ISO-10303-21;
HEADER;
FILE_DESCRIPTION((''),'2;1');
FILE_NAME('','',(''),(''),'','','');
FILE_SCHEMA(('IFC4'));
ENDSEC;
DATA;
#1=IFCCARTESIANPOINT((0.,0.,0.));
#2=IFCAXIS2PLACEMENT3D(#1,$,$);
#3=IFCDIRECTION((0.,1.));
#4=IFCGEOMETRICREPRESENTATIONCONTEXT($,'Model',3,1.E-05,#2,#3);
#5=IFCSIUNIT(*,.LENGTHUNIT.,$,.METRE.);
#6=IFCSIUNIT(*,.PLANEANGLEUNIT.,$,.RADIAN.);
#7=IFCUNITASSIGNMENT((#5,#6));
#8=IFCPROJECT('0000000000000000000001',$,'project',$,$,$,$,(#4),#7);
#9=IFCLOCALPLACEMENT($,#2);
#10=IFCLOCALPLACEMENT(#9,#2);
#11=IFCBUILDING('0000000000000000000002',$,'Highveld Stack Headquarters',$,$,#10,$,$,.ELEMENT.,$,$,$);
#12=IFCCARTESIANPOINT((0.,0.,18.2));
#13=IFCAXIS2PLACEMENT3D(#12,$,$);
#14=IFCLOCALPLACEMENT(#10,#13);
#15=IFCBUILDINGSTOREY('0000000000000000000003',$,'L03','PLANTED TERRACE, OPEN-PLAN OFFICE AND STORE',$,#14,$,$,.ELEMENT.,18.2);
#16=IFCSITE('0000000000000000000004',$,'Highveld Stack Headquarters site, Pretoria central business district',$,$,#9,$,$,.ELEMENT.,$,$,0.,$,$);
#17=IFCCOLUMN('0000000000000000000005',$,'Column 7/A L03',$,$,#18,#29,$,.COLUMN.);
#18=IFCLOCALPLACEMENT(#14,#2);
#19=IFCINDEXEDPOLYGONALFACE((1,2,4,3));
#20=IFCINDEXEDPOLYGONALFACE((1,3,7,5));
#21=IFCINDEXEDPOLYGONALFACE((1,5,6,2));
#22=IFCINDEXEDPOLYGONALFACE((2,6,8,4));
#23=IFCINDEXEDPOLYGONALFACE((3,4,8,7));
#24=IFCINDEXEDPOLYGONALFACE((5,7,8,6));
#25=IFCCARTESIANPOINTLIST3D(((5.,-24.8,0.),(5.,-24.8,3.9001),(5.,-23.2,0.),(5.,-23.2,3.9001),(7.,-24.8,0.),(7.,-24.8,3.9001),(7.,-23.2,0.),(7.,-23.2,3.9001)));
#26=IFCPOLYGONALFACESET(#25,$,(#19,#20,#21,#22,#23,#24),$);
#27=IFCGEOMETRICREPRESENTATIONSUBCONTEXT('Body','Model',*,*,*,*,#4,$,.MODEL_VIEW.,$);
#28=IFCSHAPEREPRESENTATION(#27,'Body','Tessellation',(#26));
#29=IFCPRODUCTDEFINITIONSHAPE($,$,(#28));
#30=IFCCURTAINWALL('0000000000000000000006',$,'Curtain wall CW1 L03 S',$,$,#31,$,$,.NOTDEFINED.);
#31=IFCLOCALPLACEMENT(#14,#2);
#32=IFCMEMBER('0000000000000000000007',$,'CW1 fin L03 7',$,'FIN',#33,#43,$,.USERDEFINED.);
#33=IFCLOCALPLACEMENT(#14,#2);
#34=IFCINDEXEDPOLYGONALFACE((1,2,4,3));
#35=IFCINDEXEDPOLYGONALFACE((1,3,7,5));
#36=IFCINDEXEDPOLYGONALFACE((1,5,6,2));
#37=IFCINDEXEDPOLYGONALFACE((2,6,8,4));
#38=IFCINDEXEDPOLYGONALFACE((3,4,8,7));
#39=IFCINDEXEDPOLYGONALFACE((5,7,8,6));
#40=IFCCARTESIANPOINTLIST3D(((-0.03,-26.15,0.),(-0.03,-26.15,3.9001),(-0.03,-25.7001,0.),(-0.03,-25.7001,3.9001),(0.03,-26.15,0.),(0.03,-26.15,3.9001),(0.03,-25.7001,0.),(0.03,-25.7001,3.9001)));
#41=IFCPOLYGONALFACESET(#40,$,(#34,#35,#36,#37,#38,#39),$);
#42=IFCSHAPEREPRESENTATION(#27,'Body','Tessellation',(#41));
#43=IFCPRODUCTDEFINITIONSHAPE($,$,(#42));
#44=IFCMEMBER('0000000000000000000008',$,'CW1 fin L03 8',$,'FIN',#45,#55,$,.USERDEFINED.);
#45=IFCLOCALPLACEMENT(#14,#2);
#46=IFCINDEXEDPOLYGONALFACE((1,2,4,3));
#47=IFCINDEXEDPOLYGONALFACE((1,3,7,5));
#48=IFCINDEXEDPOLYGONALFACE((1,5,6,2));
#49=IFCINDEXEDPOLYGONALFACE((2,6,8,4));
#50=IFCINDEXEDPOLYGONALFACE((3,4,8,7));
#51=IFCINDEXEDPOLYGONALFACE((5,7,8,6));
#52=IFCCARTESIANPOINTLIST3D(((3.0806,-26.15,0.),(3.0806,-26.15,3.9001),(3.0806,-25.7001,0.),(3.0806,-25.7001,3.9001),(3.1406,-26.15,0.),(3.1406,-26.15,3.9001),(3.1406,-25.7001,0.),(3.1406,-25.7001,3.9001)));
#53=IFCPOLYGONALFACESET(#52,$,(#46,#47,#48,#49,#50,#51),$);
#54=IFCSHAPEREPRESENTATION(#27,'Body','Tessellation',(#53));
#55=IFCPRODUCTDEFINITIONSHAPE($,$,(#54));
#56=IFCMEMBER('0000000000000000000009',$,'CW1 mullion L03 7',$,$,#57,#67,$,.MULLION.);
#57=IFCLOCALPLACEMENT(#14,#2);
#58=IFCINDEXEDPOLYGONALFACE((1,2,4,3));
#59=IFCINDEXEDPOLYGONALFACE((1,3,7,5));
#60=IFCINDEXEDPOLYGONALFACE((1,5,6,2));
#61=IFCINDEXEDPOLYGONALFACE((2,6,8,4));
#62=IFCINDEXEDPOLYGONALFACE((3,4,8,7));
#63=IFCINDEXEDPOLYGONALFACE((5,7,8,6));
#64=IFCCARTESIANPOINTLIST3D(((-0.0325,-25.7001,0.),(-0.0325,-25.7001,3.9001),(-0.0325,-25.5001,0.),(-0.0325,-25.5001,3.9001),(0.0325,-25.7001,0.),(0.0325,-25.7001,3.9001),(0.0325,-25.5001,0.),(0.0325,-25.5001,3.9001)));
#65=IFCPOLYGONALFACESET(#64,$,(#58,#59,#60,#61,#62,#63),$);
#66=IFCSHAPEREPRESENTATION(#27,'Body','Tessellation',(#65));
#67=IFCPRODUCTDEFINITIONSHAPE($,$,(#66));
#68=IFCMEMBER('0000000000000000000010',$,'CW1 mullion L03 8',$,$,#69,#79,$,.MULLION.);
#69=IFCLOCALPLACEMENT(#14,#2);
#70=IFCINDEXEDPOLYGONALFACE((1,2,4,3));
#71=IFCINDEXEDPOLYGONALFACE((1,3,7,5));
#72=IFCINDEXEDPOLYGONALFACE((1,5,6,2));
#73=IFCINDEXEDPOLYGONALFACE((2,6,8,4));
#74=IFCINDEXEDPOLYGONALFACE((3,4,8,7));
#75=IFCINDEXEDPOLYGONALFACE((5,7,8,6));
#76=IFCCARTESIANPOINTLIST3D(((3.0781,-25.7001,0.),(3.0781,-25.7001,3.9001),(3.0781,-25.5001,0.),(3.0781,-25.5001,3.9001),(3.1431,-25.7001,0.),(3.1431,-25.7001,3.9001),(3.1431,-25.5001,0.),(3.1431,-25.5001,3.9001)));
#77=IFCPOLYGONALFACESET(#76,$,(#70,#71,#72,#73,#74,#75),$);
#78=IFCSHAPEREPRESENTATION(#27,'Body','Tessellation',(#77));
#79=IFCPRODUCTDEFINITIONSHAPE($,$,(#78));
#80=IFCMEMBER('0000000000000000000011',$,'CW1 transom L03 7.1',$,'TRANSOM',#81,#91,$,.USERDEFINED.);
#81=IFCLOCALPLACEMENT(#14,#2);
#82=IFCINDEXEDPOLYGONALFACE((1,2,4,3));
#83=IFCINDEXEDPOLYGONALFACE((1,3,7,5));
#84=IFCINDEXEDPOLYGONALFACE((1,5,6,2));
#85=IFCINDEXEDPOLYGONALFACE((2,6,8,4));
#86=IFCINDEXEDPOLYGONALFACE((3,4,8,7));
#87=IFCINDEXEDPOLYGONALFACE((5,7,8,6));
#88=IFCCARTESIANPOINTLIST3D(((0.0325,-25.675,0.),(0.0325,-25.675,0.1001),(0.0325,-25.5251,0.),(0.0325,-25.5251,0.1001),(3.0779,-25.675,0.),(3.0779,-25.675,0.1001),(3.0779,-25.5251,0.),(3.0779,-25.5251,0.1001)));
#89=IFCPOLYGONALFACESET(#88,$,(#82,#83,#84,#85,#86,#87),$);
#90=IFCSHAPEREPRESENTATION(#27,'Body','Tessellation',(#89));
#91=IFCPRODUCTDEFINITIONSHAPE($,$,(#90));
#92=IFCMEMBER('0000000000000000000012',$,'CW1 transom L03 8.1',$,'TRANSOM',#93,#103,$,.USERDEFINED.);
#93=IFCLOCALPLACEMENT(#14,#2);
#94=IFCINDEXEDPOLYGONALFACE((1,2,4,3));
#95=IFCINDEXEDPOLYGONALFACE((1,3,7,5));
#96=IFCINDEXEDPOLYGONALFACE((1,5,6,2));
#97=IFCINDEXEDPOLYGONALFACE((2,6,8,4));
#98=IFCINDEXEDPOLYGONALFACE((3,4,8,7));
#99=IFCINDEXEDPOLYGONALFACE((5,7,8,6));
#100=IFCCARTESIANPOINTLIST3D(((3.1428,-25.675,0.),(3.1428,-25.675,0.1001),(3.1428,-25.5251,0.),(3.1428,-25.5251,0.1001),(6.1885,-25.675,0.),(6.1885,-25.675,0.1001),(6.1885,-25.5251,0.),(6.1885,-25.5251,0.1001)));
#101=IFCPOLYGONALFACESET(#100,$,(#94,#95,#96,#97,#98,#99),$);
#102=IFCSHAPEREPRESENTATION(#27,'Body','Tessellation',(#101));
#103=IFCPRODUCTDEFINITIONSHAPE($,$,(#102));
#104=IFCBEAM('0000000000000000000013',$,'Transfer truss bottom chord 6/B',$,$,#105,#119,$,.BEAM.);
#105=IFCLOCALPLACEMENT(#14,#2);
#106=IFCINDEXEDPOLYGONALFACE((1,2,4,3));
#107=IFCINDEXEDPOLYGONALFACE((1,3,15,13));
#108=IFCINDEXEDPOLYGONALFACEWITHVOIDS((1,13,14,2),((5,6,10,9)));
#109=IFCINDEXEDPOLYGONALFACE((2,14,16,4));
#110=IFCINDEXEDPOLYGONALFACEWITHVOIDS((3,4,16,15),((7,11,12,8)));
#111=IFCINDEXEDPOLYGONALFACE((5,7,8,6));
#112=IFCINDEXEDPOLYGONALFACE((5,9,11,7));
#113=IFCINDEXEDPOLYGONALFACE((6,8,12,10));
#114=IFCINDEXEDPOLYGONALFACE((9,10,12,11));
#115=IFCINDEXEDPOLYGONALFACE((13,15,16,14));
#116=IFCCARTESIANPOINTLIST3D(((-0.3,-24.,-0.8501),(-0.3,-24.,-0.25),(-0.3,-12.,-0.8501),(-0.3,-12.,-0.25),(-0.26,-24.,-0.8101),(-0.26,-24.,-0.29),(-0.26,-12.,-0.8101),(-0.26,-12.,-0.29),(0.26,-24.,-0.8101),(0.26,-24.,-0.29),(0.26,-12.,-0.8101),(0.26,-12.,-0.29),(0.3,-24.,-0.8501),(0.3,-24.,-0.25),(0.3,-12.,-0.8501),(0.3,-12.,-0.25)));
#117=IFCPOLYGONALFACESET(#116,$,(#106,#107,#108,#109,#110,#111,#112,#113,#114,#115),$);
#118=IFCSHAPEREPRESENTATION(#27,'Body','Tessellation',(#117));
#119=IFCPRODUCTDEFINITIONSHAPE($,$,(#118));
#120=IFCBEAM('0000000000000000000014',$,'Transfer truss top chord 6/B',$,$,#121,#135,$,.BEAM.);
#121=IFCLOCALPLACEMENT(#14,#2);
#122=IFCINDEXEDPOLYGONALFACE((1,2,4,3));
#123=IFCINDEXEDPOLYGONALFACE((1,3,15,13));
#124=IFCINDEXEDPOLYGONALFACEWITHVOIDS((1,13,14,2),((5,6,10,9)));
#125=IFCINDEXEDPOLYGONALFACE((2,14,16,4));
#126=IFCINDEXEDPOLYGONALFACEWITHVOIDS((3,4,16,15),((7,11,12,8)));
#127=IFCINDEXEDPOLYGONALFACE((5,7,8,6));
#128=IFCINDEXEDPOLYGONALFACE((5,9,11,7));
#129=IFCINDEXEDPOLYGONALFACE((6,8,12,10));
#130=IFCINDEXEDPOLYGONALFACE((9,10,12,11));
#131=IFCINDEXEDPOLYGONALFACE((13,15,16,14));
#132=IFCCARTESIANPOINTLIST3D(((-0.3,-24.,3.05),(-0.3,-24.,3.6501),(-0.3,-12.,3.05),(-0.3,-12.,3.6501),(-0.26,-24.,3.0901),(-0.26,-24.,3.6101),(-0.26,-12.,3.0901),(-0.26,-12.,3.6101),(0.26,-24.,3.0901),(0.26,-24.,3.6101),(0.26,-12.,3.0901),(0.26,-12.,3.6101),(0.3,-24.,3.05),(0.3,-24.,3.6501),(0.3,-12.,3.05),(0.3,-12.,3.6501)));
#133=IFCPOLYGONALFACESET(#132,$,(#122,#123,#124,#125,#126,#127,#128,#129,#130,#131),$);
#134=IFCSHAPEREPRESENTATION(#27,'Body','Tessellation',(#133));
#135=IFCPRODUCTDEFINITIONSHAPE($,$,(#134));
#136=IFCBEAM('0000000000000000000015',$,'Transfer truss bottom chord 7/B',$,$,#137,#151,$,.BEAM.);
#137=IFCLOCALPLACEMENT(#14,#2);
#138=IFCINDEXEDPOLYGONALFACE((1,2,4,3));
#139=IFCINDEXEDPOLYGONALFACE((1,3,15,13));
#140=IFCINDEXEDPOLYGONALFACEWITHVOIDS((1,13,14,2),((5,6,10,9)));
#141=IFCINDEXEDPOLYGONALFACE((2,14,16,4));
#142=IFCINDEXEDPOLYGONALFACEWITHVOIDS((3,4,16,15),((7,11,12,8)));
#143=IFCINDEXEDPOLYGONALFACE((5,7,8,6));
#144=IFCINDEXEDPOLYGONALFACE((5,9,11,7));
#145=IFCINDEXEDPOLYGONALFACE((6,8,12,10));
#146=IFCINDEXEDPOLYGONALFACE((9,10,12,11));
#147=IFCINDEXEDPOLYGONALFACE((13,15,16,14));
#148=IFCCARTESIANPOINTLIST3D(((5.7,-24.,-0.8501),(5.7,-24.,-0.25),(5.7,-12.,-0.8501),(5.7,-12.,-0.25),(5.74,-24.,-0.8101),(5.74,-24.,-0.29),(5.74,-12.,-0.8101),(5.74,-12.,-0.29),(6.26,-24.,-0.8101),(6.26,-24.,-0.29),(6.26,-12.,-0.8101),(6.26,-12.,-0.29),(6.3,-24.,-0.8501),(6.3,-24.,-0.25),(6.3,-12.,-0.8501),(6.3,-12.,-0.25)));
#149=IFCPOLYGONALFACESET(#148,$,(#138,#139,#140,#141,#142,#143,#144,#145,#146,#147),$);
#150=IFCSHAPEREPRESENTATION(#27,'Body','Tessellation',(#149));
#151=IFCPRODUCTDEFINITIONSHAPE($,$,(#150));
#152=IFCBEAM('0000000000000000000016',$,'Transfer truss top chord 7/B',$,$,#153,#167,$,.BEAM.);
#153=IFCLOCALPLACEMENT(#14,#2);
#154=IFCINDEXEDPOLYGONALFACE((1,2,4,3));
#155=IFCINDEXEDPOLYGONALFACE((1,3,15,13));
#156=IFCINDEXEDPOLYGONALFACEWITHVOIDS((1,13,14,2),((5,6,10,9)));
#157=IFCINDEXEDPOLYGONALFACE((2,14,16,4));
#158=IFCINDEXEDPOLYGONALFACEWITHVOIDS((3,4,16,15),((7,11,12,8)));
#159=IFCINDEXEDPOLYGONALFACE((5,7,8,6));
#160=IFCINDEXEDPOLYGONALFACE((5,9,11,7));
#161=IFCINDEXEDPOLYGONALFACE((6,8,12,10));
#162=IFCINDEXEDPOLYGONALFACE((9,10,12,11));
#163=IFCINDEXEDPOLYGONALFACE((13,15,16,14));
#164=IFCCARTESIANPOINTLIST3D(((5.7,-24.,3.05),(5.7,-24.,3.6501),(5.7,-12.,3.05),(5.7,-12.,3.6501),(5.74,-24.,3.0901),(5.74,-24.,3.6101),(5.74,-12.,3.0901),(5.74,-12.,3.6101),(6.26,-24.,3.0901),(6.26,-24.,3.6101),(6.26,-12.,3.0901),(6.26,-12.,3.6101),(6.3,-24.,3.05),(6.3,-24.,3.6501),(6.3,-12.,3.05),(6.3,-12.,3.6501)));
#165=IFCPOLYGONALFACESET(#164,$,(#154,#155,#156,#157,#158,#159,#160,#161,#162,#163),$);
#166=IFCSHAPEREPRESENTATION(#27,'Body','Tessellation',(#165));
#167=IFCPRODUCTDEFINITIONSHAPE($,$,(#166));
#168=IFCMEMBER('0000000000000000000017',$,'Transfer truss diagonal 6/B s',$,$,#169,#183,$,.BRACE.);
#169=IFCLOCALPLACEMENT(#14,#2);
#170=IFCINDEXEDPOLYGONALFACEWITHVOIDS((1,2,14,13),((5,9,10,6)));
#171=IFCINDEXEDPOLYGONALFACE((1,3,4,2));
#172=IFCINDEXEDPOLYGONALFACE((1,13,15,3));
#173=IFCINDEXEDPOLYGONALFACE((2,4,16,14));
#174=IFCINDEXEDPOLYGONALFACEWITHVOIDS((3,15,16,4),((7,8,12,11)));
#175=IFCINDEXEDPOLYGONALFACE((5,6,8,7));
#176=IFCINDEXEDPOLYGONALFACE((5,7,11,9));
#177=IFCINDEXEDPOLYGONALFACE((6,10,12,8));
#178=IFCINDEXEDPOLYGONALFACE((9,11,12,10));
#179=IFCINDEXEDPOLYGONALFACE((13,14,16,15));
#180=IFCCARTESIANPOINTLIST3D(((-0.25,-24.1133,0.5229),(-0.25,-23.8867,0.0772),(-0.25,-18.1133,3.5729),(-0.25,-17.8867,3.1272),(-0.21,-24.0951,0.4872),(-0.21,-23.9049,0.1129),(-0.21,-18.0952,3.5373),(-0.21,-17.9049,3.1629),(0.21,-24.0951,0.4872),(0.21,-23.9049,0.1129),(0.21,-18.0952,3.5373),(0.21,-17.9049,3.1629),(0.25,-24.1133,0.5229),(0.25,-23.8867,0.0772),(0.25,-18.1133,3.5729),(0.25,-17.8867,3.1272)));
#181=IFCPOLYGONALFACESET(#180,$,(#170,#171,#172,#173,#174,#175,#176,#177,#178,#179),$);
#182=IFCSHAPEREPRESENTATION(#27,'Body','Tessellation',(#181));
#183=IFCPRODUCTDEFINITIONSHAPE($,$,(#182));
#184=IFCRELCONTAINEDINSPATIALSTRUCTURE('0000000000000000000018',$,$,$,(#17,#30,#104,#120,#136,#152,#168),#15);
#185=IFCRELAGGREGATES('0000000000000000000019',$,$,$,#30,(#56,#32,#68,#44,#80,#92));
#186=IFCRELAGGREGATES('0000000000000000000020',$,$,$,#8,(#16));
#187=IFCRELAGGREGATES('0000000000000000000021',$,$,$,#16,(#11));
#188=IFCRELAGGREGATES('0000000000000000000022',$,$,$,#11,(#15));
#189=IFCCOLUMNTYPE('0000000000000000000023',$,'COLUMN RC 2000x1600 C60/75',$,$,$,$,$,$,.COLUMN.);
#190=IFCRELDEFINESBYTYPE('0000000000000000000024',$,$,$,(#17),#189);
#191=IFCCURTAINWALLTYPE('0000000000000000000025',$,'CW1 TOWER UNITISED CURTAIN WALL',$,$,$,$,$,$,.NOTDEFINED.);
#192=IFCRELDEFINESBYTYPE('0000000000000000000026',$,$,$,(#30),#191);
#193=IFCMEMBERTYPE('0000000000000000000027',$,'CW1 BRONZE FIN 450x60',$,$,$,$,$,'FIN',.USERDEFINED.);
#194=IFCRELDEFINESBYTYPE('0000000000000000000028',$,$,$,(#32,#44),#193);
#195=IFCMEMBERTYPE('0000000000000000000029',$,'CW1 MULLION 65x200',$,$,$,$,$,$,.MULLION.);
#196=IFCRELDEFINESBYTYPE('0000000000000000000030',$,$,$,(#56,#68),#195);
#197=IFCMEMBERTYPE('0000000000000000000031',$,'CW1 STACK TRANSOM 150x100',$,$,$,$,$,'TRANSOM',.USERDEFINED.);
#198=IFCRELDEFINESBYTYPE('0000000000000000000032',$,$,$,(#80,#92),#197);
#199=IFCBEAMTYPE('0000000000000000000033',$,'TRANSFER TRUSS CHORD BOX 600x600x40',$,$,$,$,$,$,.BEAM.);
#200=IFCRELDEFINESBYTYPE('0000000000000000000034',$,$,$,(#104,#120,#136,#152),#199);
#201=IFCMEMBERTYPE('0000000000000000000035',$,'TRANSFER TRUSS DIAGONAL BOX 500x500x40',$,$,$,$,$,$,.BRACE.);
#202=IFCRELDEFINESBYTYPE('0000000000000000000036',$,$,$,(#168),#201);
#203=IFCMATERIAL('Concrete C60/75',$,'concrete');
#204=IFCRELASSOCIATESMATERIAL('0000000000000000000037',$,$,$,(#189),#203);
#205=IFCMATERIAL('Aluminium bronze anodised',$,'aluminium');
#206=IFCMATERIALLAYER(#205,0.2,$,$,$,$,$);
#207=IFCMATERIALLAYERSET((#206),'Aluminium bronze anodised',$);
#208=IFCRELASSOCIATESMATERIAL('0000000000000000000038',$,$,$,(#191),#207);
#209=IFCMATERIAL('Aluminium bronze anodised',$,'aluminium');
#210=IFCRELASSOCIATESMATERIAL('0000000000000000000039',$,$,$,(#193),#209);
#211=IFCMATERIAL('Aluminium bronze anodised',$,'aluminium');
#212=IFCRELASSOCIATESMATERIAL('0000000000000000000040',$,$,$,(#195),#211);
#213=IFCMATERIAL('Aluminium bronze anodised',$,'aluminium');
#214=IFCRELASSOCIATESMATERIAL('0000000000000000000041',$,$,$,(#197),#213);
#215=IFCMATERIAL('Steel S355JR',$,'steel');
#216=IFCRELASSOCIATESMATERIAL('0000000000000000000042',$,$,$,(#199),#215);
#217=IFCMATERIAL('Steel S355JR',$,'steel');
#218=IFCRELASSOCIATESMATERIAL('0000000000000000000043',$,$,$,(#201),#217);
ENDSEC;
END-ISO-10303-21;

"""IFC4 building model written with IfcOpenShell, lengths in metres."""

from ifc_helpers import new_model, si_unit, direction, frame, origin, origin_2d, place, context, subcontext, project, spatial, rectangle, hollow_rectangle, extrude, material, layer, layer_set, material_profile, profile_set, type_object, element, aggregate, save


model = new_model("IFC4")

# Units and contexts
model_context = context("Model", 3, precision=1e-05, world=origin(), true_north=direction((0.0, 1.0)))
body_context = subcontext(model_context, "Body", "Model", "MODEL_VIEW")
ifc_project = project(units=[si_unit("LENGTHUNIT", "METRE"), si_unit("PLANEANGLEUNIT", "RADIAN")], contexts=[model_context])

# Site, building, storey
site_placement = place(None, origin())
site = spatial("IfcSite", under=ifc_project, at=site_placement, Name="Highveld Stack Headquarters site, Pretoria central business district", CompositionType="ELEMENT", RefElevation=0.0)
building_placement = place(site_placement, origin())
building = spatial("IfcBuilding", under=site, at=building_placement, Name="Highveld Stack Headquarters", CompositionType="ELEMENT")
storey_placement = place(building_placement, frame((0.0, 0.0, 18.2)))
storey = spatial("IfcBuildingStorey", under=building, at=storey_placement, Name="L03", Description="PLANTED TERRACE, OPEN-PLAN OFFICE AND STORE", CompositionType="ELEMENT", Elevation=18.2)

# Column
ifc_material_1 = material(Name="Concrete C60/75", Category="concrete")
ifc_material_profile_1 = material_profile(ifc_material_1, rectangle(XDim=2.0, YDim=1.6001, at=origin_2d()), Name="RC 2000x1600")
ifc_profile_set_1 = profile_set([ifc_material_profile_1], Name="Concrete C60/75")
column_type = type_object("IfcColumnType", Name="COLUMN RC 2000x1600 C60/75", PredefinedType="COLUMN", material=ifc_profile_set_1)
column_placement = place(storey_placement, frame((6.0, -24.0, 0.0), z_axis=(0.0, 0.0, 1.0), x_axis=(1.0, 0.0, 0.0)))
element("IfcColumn", 1, at=column_placement, inside=storey, type_object=column_type, Name="Column 7/A L03", PredefinedType="COLUMN", context=body_context, shape_type="SweptSolid", body=[
    extrude(rectangle(XDim=2.0, YDim=1.6001, at=origin_2d()), origin(), (0.0, 0.0, 1.0), 3.9001),
])

# Curtain wall, members
ifc_material_2 = material(Name="Aluminium bronze anodised", Category="aluminium")
ifc_layer_1 = layer(ifc_material_2, 0.2)
ifc_layer_set_1 = layer_set([ifc_layer_1], Name="Aluminium bronze anodised")
curtain_wall_type = type_object("IfcCurtainWallType", Name="CW1 TOWER UNITISED CURTAIN WALL", PredefinedType="NOTDEFINED", material=ifc_layer_set_1)
curtain_wall_placement = place(storey_placement, origin())
curtain_wall = element("IfcCurtainWall", 2, at=curtain_wall_placement, inside=storey, type_object=curtain_wall_type, Name="Curtain wall CW1 L03 S", PredefinedType="NOTDEFINED")
ifc_material_3 = material(Name="Aluminium bronze anodised", Category="aluminium")
ifc_material_profile_2 = material_profile(ifc_material_3, rectangle(XDim=0.45, YDim=0.0601, at=origin_2d()), Name="FIN 450x60")
ifc_profile_set_2 = profile_set([ifc_material_profile_2], Name="Aluminium bronze anodised")
member_type_1 = type_object("IfcMemberType", Name="CW1 BRONZE FIN 450x60", ElementType="FIN", PredefinedType="USERDEFINED", material=ifc_profile_set_2)
member_1_placement = place(storey_placement, frame((0.0, -25.925, 0.0), z_axis=(0.0, 0.0, 1.0), x_axis=(0.0, 1.0, 0.0)))
member_1 = element("IfcMember", 3, at=member_1_placement, type_object=member_type_1, Name="CW1 fin L03 7", ObjectType="FIN", PredefinedType="USERDEFINED", context=body_context, shape_type="SweptSolid", body=[
    extrude(rectangle(XDim=0.45, YDim=0.0601, at=origin_2d()), origin(), (0.0, 0.0, 1.0), 3.9001),
])
member_2_placement = place(storey_placement, frame((3.1106, -25.925, 0.0), z_axis=(0.0, 0.0, 1.0), x_axis=(0.0, 1.0, 0.0)))
member_2 = element("IfcMember", 4, at=member_2_placement, type_object=member_type_1, Name="CW1 fin L03 8", ObjectType="FIN", PredefinedType="USERDEFINED", context=body_context, shape_type="SweptSolid", body=[
    extrude(rectangle(XDim=0.45, YDim=0.0601, at=origin_2d()), origin(), (0.0, 0.0, 1.0), 3.9001),
])
ifc_material_4 = material(Name="Aluminium bronze anodised", Category="aluminium")
ifc_material_profile_3 = material_profile(ifc_material_4, rectangle(XDim=0.2, YDim=0.0649, at=origin_2d()), Name="CW1 MULLION 65x200")
ifc_profile_set_3 = profile_set([ifc_material_profile_3], Name="Aluminium bronze anodised")
member_type_2 = type_object("IfcMemberType", Name="CW1 MULLION 65x200", PredefinedType="MULLION", material=ifc_profile_set_3)
member_3_placement = place(storey_placement, frame((0.0, -25.6001, 0.0), z_axis=(0.0, 0.0, 1.0), x_axis=(0.0, 1.0, 0.0)))
member_3 = element("IfcMember", 5, at=member_3_placement, type_object=member_type_2, Name="CW1 mullion L03 7", PredefinedType="MULLION", context=body_context, shape_type="SweptSolid", body=[
    extrude(rectangle(XDim=0.2, YDim=0.0649, at=origin_2d()), origin(), (0.0, 0.0, 1.0), 3.9001),
])
member_4_placement = place(storey_placement, frame((3.1106, -25.6001, 0.0), z_axis=(0.0, 0.0, 1.0), x_axis=(0.0, 1.0, 0.0)))
member_4 = element("IfcMember", 6, at=member_4_placement, type_object=member_type_2, Name="CW1 mullion L03 8", PredefinedType="MULLION", context=body_context, shape_type="SweptSolid", body=[
    extrude(rectangle(XDim=0.2, YDim=0.0649, at=origin_2d()), origin(), (0.0, 0.0, 1.0), 3.9001),
])
ifc_material_5 = material(Name="Aluminium bronze anodised", Category="aluminium")
ifc_material_profile_4 = material_profile(ifc_material_5, rectangle(XDim=0.1499, YDim=0.1001, at=origin_2d()), Name="CW1 TRANSOM 150x100")
ifc_profile_set_4 = profile_set([ifc_material_profile_4], Name="Aluminium bronze anodised")
member_type_3 = type_object("IfcMemberType", Name="CW1 STACK TRANSOM 150x100", ElementType="TRANSOM", PredefinedType="USERDEFINED", material=ifc_profile_set_4)
member_5_placement = place(storey_placement, frame((0.0325, -25.6001, 0.05), z_axis=(1.0, 0.0, 0.0), x_axis=(0.0, 1.0, 0.0)))
member_5 = element("IfcMember", 7, at=member_5_placement, type_object=member_type_3, Name="CW1 transom L03 7.1", ObjectType="TRANSOM", PredefinedType="USERDEFINED", context=body_context, shape_type="SweptSolid", body=[
    extrude(rectangle(XDim=0.1499, YDim=0.1001, at=origin_2d()), origin(), (0.0, 0.0, 1.0), 3.0454),
])
member_6_placement = place(storey_placement, frame((3.1428, -25.6001, 0.05), z_axis=(1.0, 0.0, 0.0), x_axis=(0.0, 1.0, 0.0)))
member_6 = element("IfcMember", 8, at=member_6_placement, type_object=member_type_3, Name="CW1 transom L03 8.1", ObjectType="TRANSOM", PredefinedType="USERDEFINED", context=body_context, shape_type="SweptSolid", body=[
    extrude(rectangle(XDim=0.1499, YDim=0.1001, at=origin_2d()), origin(), (0.0, 0.0, 1.0), 3.0457),
])

# Beams
ifc_material_6 = material(Name="Steel S355JR", Category="steel")
ifc_material_profile_5 = material_profile(ifc_material_6, hollow_rectangle(XDim=0.6001, YDim=0.6001, WallThickness=0.04, at=origin_2d()), Name="BOX 600x600x40")
ifc_profile_set_5 = profile_set([ifc_material_profile_5], Name="Steel S355JR")
beam_type = type_object("IfcBeamType", Name="TRANSFER TRUSS CHORD BOX 600x600x40", PredefinedType="BEAM", material=ifc_profile_set_5)
for number, where, z_axis, x_axis, name in (
    (9, (0.0, -24.0, -0.55), (0.0, 1.0, 0.0), (-1.0, 0.0, 0.0), "Transfer truss bottom chord 6/B"),
    (10, (0.0, -24.0, 3.3501), (0.0, 1.0, 0.0), (-1.0, 0.0, 0.0), "Transfer truss top chord 6/B"),
    (11, (6.0, -24.0, -0.55), (0.0, 1.0, 0.0), (-1.0, 0.0, 0.0), "Transfer truss bottom chord 7/B"),
    (12, (6.0, -24.0, 3.3501), (0.0, 1.0, 0.0), (-1.0, 0.0, 0.0), "Transfer truss top chord 7/B"),
):
    element("IfcBeam", number, at=place(storey_placement, frame(where, z_axis=z_axis, x_axis=x_axis)), inside=storey, type_object=beam_type, Name=name, PredefinedType="BEAM", context=body_context, shape_type="SweptSolid", body=[
        extrude(hollow_rectangle(XDim=0.6001, YDim=0.6001, WallThickness=0.04, at=origin_2d()), origin(), (0.0, 0.0, 1.0), 12.0),
    ])

# Member
ifc_material_7 = material(Name="Steel S355JR", Category="steel")
ifc_material_profile_6 = material_profile(ifc_material_7, hollow_rectangle(XDim=0.5, YDim=0.5, WallThickness=0.04, at=origin_2d()), Name="BOX 500x500x40")
ifc_profile_set_6 = profile_set([ifc_material_profile_6], Name="Steel S355JR")
member_type_4 = type_object("IfcMemberType", Name="TRANSFER TRUSS DIAGONAL BOX 500x500x40", PredefinedType="BRACE", material=ifc_profile_set_6)
for number, where, z_axis, x_axis, name in (
    (13, (0.0, -24.0, 0.3), (0.0, 0.891433, 0.453152), (-1.0, 0.0, 0.0), "Transfer truss diagonal 6/B s"),
):
    element("IfcMember", number, at=place(storey_placement, frame(where, z_axis=z_axis, x_axis=x_axis)), inside=storey, type_object=member_type_4, Name=name, PredefinedType="BRACE", context=body_context, shape_type="SweptSolid", body=[
        extrude(hollow_rectangle(XDim=0.5, YDim=0.5, WallThickness=0.04, at=origin_2d()), origin(), (0.0, 0.0, 1.0), 6.7307),
    ])

aggregate(curtain_wall, [member_3, member_1, member_4, member_2, member_5, member_6])

save(model, "model.ifc")
